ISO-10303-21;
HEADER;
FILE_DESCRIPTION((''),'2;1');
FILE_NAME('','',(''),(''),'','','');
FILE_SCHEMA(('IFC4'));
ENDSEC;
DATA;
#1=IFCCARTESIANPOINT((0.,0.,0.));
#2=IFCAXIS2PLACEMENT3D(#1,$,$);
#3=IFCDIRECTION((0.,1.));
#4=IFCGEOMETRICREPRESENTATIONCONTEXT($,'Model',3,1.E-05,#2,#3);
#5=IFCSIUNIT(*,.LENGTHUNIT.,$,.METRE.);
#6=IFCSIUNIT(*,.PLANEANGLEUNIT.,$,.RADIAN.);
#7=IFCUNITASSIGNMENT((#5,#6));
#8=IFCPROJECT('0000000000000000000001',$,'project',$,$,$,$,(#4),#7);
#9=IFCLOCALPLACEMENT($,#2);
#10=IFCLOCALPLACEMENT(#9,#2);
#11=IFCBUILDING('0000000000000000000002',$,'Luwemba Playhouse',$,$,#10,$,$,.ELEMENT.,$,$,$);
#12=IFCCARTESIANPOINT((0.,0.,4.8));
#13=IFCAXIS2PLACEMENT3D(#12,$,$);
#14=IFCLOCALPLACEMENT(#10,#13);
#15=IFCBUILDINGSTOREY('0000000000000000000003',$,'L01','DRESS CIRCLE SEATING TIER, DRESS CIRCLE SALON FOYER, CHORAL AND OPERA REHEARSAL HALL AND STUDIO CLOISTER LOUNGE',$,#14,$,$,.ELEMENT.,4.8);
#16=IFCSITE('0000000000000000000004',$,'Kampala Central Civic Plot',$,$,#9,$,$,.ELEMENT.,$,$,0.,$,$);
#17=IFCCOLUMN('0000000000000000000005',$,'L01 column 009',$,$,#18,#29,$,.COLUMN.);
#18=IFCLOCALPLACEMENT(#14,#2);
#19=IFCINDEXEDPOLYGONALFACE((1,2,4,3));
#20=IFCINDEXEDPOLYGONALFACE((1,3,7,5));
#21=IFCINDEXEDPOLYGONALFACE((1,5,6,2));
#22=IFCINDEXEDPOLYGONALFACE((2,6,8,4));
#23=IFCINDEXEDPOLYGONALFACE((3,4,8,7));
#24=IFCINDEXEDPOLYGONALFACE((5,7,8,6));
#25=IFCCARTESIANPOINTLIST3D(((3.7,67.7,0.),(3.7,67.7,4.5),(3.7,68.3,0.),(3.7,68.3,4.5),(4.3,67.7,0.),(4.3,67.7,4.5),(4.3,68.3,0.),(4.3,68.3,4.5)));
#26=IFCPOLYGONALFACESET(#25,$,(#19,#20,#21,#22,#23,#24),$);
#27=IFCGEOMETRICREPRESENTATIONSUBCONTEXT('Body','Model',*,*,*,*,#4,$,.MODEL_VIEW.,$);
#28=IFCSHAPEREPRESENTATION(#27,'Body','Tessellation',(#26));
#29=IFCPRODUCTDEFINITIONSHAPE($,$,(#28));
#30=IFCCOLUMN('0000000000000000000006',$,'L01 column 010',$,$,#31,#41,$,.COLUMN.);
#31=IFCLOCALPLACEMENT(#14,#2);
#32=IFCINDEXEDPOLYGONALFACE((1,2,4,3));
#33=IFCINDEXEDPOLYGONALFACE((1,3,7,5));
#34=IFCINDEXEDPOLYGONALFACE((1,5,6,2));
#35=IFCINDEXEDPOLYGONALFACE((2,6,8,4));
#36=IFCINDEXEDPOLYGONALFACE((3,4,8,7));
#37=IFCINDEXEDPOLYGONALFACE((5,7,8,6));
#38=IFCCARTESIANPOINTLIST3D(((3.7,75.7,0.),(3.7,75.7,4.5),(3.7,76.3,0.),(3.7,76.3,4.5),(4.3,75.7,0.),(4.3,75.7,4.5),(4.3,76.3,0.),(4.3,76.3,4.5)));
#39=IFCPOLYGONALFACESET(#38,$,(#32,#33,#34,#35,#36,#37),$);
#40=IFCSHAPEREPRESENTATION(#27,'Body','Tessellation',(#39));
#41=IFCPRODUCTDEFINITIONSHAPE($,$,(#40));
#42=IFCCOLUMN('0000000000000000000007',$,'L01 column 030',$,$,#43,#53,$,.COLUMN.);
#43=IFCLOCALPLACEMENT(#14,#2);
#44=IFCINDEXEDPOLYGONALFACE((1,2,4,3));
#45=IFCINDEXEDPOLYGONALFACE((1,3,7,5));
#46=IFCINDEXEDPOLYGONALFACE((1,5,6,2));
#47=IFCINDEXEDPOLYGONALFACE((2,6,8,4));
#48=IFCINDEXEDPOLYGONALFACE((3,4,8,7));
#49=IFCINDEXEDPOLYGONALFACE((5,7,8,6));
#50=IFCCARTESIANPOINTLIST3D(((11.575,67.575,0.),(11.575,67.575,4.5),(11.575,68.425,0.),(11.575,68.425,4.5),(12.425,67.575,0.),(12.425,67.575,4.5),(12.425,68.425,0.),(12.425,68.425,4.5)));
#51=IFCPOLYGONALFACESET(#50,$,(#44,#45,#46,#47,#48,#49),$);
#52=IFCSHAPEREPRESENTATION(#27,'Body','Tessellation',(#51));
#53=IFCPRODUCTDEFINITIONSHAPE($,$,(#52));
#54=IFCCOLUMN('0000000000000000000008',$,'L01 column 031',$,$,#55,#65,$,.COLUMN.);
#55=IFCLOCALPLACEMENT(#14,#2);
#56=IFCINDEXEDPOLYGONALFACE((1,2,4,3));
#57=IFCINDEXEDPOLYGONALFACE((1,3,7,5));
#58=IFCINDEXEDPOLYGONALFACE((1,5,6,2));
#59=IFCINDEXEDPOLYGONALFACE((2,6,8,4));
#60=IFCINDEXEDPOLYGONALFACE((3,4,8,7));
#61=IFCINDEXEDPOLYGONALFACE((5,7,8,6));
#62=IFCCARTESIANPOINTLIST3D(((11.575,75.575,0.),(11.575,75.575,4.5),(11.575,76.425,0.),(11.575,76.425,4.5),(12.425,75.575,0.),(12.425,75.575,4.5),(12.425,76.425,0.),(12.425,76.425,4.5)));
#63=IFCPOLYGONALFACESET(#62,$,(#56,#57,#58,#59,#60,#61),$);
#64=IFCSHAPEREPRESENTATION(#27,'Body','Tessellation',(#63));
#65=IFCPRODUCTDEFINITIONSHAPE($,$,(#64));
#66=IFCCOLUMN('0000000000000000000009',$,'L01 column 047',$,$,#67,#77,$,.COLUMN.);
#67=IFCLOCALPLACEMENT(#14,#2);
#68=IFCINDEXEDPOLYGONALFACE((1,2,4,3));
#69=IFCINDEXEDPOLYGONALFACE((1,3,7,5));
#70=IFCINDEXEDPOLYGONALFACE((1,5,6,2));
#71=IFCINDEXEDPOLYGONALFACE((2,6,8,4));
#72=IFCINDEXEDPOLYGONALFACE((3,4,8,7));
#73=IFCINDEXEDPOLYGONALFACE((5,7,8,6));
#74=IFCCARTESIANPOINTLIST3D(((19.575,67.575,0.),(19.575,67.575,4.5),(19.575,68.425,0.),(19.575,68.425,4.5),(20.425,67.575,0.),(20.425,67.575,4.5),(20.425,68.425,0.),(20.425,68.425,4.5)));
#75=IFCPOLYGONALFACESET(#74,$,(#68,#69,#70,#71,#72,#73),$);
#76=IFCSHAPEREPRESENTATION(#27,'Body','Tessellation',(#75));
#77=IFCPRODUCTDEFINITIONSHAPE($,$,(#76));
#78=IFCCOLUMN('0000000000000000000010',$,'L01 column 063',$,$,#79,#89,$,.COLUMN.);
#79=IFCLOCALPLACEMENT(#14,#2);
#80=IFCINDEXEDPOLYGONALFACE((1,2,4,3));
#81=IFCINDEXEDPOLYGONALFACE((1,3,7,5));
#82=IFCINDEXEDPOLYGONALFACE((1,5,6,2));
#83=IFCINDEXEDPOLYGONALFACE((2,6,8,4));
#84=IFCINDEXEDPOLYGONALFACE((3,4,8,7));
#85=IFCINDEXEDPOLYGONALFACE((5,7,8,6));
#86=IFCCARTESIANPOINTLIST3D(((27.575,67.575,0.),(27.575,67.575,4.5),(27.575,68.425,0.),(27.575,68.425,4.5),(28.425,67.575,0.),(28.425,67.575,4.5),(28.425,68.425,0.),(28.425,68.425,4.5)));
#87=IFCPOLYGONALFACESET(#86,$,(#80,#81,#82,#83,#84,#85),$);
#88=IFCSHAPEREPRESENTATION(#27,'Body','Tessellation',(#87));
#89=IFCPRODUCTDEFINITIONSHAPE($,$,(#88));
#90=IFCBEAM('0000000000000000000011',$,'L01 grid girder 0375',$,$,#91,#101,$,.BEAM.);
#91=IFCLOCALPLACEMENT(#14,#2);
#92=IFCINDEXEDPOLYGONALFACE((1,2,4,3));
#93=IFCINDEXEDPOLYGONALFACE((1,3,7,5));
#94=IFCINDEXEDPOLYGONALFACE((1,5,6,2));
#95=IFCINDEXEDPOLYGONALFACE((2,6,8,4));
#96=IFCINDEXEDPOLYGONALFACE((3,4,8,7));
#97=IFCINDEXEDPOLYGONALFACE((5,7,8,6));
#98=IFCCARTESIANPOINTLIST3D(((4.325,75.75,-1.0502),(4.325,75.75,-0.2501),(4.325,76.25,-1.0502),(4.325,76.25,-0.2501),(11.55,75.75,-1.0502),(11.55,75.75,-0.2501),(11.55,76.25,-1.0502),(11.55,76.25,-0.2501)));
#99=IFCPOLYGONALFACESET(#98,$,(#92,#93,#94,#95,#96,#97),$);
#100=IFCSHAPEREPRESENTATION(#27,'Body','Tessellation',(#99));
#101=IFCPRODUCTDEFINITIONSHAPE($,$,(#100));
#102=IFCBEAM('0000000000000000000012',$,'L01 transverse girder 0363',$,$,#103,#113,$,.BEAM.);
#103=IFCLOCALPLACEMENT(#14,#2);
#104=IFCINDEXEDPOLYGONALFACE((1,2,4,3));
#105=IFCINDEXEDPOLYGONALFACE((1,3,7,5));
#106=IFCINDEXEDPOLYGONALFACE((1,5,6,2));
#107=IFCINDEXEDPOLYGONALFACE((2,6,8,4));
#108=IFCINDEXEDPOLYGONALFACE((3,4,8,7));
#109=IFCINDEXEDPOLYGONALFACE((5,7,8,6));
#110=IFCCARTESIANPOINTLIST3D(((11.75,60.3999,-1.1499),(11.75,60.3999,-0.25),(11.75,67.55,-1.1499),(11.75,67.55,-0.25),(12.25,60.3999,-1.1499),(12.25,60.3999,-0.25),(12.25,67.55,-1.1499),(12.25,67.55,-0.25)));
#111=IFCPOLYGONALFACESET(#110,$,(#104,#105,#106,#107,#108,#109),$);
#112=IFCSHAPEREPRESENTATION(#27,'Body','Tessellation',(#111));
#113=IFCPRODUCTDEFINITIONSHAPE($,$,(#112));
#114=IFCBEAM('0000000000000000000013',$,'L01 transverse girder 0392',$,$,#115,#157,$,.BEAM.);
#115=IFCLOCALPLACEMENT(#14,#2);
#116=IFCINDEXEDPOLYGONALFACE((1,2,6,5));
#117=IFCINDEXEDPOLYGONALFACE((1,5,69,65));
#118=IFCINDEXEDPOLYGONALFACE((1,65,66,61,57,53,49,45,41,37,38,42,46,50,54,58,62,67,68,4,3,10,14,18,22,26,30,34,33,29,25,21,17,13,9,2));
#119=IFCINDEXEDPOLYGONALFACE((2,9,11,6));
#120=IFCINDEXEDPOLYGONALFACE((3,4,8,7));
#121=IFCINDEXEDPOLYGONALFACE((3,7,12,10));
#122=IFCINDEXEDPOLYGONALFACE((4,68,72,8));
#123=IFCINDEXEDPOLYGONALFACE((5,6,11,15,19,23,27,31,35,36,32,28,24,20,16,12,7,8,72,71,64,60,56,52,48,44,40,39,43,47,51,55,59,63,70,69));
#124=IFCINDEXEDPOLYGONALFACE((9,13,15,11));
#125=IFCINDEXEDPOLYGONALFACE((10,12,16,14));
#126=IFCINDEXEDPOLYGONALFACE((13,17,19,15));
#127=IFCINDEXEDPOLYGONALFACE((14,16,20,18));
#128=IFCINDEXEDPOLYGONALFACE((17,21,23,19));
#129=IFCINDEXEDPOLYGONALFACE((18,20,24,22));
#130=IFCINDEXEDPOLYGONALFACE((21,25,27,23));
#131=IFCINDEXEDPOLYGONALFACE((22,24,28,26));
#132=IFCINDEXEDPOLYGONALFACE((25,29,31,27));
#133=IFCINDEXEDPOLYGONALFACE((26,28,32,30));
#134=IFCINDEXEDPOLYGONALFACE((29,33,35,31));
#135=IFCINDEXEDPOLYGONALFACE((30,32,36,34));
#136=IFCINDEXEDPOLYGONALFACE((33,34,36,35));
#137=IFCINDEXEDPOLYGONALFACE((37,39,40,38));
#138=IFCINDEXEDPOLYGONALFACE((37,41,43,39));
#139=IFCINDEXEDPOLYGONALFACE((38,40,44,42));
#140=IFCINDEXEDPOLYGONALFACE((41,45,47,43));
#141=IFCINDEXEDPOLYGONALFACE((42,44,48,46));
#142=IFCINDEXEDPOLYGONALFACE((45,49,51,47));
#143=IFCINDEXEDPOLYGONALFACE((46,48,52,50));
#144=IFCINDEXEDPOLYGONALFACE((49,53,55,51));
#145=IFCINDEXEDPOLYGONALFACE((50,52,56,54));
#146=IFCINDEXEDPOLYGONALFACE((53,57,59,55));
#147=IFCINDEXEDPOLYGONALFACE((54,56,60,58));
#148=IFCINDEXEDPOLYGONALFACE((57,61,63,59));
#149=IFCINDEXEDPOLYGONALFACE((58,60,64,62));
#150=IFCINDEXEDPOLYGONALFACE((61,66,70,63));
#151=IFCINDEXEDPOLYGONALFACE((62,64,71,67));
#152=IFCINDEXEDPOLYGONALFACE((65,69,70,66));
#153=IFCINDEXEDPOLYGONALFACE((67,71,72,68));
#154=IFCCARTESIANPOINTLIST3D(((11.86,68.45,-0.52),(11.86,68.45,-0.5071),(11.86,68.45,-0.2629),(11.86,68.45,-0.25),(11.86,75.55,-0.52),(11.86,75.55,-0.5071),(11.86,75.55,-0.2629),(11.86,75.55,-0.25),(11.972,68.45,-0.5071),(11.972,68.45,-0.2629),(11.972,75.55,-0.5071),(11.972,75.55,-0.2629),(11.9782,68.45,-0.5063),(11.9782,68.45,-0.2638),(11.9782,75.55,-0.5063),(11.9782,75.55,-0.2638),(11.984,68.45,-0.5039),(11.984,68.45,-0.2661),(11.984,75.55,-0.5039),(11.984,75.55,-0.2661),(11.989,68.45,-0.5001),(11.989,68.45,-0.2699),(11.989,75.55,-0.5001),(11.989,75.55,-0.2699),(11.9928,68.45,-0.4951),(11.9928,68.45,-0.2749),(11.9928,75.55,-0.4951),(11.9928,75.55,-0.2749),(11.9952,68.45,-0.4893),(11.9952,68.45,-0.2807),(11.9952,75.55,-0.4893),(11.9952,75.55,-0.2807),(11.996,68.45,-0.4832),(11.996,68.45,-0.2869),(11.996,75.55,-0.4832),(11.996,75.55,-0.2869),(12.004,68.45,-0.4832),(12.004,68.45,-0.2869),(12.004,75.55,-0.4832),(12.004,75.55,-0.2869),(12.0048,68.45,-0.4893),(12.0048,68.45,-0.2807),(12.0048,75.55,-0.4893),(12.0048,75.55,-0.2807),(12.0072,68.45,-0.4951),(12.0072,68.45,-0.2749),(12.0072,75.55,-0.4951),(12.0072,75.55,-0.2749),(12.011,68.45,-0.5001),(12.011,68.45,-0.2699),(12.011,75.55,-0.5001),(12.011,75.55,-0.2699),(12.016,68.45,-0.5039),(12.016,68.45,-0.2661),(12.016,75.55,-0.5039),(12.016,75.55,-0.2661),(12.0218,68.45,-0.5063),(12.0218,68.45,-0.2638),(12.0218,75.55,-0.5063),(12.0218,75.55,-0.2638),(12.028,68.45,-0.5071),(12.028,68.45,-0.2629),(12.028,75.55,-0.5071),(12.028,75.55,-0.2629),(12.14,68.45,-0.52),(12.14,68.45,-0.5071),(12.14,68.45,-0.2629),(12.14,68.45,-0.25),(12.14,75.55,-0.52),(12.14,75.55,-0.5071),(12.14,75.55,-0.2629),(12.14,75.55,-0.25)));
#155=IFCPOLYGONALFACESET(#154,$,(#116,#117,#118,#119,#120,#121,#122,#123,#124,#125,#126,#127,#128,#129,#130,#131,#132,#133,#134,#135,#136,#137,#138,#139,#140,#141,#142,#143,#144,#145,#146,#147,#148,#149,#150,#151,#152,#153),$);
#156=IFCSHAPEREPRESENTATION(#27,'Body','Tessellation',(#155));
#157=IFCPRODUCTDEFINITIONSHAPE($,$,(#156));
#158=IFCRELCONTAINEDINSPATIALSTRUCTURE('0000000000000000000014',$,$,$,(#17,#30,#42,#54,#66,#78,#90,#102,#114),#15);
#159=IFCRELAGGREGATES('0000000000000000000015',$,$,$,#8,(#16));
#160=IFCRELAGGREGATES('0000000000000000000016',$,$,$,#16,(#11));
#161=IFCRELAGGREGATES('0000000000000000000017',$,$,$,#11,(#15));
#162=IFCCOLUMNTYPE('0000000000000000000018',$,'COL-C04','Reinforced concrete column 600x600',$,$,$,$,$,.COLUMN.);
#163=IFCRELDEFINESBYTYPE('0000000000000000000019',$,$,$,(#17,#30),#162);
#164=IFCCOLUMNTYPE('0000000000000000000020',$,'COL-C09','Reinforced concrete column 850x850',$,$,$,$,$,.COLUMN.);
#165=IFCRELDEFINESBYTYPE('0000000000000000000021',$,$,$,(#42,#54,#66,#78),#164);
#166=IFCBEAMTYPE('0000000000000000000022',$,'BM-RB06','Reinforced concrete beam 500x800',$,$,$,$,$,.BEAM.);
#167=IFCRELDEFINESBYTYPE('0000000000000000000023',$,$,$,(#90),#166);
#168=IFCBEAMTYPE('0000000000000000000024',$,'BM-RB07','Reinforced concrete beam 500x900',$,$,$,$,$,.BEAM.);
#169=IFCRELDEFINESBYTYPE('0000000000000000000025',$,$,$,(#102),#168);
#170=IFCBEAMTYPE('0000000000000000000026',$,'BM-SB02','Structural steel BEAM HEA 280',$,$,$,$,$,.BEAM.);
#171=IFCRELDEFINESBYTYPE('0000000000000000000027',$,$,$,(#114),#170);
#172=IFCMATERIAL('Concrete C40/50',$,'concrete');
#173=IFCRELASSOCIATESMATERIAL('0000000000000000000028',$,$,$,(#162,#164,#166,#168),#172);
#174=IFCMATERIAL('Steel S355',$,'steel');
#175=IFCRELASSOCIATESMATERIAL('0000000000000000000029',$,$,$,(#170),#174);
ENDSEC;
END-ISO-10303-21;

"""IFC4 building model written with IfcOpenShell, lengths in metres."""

from ifc_helpers import new_model, si_unit, direction, frame, origin, origin_2d, place, context, subcontext, project, spatial, rectangle, i_section, extrude, material, material_profile, profile_set, type_object, element, save


model = new_model("IFC4")

# Units and contexts
model_context = context("Model", 3, precision=1e-05, world=origin(), true_north=direction((0.0, 1.0)))
body_context = subcontext(model_context, "Body", "Model", "MODEL_VIEW")
ifc_project = project(units=[si_unit("LENGTHUNIT", "METRE"), si_unit("PLANEANGLEUNIT", "RADIAN")], contexts=[model_context])

# Site, building, storey
site_placement = place(None, origin())
site = spatial("IfcSite", under=ifc_project, at=site_placement, Name="Kampala Central Civic Plot", CompositionType="ELEMENT", RefElevation=0.0)
building_placement = place(site_placement, origin())
building = spatial("IfcBuilding", under=site, at=building_placement, Name="Luwemba Playhouse", CompositionType="ELEMENT")
storey_placement = place(building_placement, frame((0.0, 0.0, 4.8)))
storey = spatial("IfcBuildingStorey", under=building, at=storey_placement, Name="L01", Description="DRESS CIRCLE SEATING TIER, DRESS CIRCLE SALON FOYER, CHORAL AND OPERA REHEARSAL HALL AND STUDIO CLOISTER LOUNGE", CompositionType="ELEMENT", Elevation=4.8)

# Columns
ifc_material_1 = material(Name="Concrete C40/50", Category="concrete")
ifc_material_profile_1 = material_profile(ifc_material_1, rectangle(XDim=0.6001, YDim=0.6001, at=origin_2d()))
ifc_profile_set_1 = profile_set([ifc_material_profile_1], Name="Concrete C40/50")
column_type_1 = type_object("IfcColumnType", Name="COL-C04", Description="Reinforced concrete column 600x600", PredefinedType="COLUMN", material=ifc_profile_set_1)
for number, where, z_axis, x_axis, name in (
    (1, (4.0, 68.0, 0.0), (0.0, 0.0, 1.0), (1.0, 0.0, 0.0), "L01 column 009"),
    (2, (4.0, 76.0, 0.0), (0.0, 0.0, 1.0), (1.0, 0.0, 0.0), "L01 column 010"),
):
    element("IfcColumn", number, at=place(storey_placement, frame(where, z_axis=z_axis, x_axis=x_axis)), inside=storey, type_object=column_type_1, Name=name, PredefinedType="COLUMN", context=body_context, shape_type="SweptSolid", body=[
        extrude(rectangle(XDim=0.6001, YDim=0.6001, at=origin_2d()), origin(), (0.0, 0.0, 1.0), 4.5),
    ])
ifc_material_profile_2 = material_profile(ifc_material_1, rectangle(XDim=0.8501, YDim=0.8501, at=origin_2d()))
ifc_profile_set_2 = profile_set([ifc_material_profile_2], Name="Concrete C40/50")
column_type_2 = type_object("IfcColumnType", Name="COL-C09", Description="Reinforced concrete column 850x850", PredefinedType="COLUMN", material=ifc_profile_set_2)
for number, where, z_axis, x_axis, name in (
    (3, (12.0, 68.0, 0.0), (0.0, 0.0, 1.0), (1.0, 0.0, 0.0), "L01 column 030"),
    (4, (12.0, 76.0, 0.0), (0.0, 0.0, 1.0), (1.0, 0.0, 0.0), "L01 column 031"),
    (5, (20.0, 68.0, 0.0), (0.0, 0.0, 1.0), (1.0, 0.0, 0.0), "L01 column 047"),
    (6, (28.0, 68.0, 0.0), (0.0, 0.0, 1.0), (1.0, 0.0, 0.0), "L01 column 063"),
):
    element("IfcColumn", number, at=place(storey_placement, frame(where, z_axis=z_axis, x_axis=x_axis)), inside=storey, type_object=column_type_2, Name=name, PredefinedType="COLUMN", context=body_context, shape_type="SweptSolid", body=[
        extrude(rectangle(XDim=0.8501, YDim=0.8501, at=origin_2d()), origin(), (0.0, 0.0, 1.0), 4.5),
    ])

# Beams
ifc_material_profile_3 = material_profile(ifc_material_1, rectangle(XDim=0.5, YDim=0.8, at=origin_2d()))
ifc_profile_set_3 = profile_set([ifc_material_profile_3], Name="Concrete C40/50")
beam_type_1 = type_object("IfcBeamType", Name="BM-RB06", Description="Reinforced concrete beam 500x800", PredefinedType="BEAM", material=ifc_profile_set_3)
beam_1_placement = place(storey_placement, frame((4.325, 76.0, -0.6501), z_axis=(1.0, 0.0, 0.0), x_axis=(0.0, 1.0, 0.0)))
element("IfcBeam", 7, at=beam_1_placement, inside=storey, type_object=beam_type_1, Name="L01 grid girder 0375", PredefinedType="BEAM", context=body_context, shape_type="SweptSolid", body=[
    extrude(rectangle(XDim=0.5, YDim=0.8, at=origin_2d()), origin(), (0.0, 0.0, 1.0), 7.2251),
])
ifc_material_profile_4 = material_profile(ifc_material_1, rectangle(XDim=0.5, YDim=0.8999, at=origin_2d()))
ifc_profile_set_4 = profile_set([ifc_material_profile_4], Name="Concrete C40/50")
beam_type_2 = type_object("IfcBeamType", Name="BM-RB07", Description="Reinforced concrete beam 500x900", PredefinedType="BEAM", material=ifc_profile_set_4)
beam_2_placement = place(storey_placement, frame((12.0, 60.3999, -0.7), z_axis=(0.0, 1.0, 0.0), x_axis=(-1.0, 0.0, 0.0)))
element("IfcBeam", 8, at=beam_2_placement, inside=storey, type_object=beam_type_2, Name="L01 transverse girder 0363", PredefinedType="BEAM", context=body_context, shape_type="SweptSolid", body=[
    extrude(rectangle(XDim=0.5, YDim=0.8999, at=origin_2d()), origin(), (0.0, 0.0, 1.0), 7.1501),
])
ifc_material_2 = material(Name="Steel S355", Category="steel")
ifc_material_profile_5 = material_profile(ifc_material_2, i_section(OverallWidth=0.28, OverallDepth=0.27, WebThickness=0.0081, FlangeThickness=0.0129, FilletRadius=0.0239, at=origin_2d()))
ifc_profile_set_5 = profile_set([ifc_material_profile_5], Name="Steel S355")
beam_type_3 = type_object("IfcBeamType", Name="BM-SB02", Description="Structural steel BEAM HEA 280", PredefinedType="BEAM", material=ifc_profile_set_5)
beam_3_placement = place(storey_placement, frame((12.0, 68.45, -0.385), z_axis=(0.0, 1.0, 0.0), x_axis=(-1.0, 0.0, 0.0)))
element("IfcBeam", 9, at=beam_3_placement, inside=storey, type_object=beam_type_3, Name="L01 transverse girder 0392", PredefinedType="BEAM", context=body_context, shape_type="SweptSolid", body=[
    extrude(i_section(OverallWidth=0.28, OverallDepth=0.27, WebThickness=0.0081, FlangeThickness=0.0129, FilletRadius=0.0239, at=origin_2d()), origin(), (0.0, 0.0, 1.0), 7.1001),
])

save(model, "model.ifc")
